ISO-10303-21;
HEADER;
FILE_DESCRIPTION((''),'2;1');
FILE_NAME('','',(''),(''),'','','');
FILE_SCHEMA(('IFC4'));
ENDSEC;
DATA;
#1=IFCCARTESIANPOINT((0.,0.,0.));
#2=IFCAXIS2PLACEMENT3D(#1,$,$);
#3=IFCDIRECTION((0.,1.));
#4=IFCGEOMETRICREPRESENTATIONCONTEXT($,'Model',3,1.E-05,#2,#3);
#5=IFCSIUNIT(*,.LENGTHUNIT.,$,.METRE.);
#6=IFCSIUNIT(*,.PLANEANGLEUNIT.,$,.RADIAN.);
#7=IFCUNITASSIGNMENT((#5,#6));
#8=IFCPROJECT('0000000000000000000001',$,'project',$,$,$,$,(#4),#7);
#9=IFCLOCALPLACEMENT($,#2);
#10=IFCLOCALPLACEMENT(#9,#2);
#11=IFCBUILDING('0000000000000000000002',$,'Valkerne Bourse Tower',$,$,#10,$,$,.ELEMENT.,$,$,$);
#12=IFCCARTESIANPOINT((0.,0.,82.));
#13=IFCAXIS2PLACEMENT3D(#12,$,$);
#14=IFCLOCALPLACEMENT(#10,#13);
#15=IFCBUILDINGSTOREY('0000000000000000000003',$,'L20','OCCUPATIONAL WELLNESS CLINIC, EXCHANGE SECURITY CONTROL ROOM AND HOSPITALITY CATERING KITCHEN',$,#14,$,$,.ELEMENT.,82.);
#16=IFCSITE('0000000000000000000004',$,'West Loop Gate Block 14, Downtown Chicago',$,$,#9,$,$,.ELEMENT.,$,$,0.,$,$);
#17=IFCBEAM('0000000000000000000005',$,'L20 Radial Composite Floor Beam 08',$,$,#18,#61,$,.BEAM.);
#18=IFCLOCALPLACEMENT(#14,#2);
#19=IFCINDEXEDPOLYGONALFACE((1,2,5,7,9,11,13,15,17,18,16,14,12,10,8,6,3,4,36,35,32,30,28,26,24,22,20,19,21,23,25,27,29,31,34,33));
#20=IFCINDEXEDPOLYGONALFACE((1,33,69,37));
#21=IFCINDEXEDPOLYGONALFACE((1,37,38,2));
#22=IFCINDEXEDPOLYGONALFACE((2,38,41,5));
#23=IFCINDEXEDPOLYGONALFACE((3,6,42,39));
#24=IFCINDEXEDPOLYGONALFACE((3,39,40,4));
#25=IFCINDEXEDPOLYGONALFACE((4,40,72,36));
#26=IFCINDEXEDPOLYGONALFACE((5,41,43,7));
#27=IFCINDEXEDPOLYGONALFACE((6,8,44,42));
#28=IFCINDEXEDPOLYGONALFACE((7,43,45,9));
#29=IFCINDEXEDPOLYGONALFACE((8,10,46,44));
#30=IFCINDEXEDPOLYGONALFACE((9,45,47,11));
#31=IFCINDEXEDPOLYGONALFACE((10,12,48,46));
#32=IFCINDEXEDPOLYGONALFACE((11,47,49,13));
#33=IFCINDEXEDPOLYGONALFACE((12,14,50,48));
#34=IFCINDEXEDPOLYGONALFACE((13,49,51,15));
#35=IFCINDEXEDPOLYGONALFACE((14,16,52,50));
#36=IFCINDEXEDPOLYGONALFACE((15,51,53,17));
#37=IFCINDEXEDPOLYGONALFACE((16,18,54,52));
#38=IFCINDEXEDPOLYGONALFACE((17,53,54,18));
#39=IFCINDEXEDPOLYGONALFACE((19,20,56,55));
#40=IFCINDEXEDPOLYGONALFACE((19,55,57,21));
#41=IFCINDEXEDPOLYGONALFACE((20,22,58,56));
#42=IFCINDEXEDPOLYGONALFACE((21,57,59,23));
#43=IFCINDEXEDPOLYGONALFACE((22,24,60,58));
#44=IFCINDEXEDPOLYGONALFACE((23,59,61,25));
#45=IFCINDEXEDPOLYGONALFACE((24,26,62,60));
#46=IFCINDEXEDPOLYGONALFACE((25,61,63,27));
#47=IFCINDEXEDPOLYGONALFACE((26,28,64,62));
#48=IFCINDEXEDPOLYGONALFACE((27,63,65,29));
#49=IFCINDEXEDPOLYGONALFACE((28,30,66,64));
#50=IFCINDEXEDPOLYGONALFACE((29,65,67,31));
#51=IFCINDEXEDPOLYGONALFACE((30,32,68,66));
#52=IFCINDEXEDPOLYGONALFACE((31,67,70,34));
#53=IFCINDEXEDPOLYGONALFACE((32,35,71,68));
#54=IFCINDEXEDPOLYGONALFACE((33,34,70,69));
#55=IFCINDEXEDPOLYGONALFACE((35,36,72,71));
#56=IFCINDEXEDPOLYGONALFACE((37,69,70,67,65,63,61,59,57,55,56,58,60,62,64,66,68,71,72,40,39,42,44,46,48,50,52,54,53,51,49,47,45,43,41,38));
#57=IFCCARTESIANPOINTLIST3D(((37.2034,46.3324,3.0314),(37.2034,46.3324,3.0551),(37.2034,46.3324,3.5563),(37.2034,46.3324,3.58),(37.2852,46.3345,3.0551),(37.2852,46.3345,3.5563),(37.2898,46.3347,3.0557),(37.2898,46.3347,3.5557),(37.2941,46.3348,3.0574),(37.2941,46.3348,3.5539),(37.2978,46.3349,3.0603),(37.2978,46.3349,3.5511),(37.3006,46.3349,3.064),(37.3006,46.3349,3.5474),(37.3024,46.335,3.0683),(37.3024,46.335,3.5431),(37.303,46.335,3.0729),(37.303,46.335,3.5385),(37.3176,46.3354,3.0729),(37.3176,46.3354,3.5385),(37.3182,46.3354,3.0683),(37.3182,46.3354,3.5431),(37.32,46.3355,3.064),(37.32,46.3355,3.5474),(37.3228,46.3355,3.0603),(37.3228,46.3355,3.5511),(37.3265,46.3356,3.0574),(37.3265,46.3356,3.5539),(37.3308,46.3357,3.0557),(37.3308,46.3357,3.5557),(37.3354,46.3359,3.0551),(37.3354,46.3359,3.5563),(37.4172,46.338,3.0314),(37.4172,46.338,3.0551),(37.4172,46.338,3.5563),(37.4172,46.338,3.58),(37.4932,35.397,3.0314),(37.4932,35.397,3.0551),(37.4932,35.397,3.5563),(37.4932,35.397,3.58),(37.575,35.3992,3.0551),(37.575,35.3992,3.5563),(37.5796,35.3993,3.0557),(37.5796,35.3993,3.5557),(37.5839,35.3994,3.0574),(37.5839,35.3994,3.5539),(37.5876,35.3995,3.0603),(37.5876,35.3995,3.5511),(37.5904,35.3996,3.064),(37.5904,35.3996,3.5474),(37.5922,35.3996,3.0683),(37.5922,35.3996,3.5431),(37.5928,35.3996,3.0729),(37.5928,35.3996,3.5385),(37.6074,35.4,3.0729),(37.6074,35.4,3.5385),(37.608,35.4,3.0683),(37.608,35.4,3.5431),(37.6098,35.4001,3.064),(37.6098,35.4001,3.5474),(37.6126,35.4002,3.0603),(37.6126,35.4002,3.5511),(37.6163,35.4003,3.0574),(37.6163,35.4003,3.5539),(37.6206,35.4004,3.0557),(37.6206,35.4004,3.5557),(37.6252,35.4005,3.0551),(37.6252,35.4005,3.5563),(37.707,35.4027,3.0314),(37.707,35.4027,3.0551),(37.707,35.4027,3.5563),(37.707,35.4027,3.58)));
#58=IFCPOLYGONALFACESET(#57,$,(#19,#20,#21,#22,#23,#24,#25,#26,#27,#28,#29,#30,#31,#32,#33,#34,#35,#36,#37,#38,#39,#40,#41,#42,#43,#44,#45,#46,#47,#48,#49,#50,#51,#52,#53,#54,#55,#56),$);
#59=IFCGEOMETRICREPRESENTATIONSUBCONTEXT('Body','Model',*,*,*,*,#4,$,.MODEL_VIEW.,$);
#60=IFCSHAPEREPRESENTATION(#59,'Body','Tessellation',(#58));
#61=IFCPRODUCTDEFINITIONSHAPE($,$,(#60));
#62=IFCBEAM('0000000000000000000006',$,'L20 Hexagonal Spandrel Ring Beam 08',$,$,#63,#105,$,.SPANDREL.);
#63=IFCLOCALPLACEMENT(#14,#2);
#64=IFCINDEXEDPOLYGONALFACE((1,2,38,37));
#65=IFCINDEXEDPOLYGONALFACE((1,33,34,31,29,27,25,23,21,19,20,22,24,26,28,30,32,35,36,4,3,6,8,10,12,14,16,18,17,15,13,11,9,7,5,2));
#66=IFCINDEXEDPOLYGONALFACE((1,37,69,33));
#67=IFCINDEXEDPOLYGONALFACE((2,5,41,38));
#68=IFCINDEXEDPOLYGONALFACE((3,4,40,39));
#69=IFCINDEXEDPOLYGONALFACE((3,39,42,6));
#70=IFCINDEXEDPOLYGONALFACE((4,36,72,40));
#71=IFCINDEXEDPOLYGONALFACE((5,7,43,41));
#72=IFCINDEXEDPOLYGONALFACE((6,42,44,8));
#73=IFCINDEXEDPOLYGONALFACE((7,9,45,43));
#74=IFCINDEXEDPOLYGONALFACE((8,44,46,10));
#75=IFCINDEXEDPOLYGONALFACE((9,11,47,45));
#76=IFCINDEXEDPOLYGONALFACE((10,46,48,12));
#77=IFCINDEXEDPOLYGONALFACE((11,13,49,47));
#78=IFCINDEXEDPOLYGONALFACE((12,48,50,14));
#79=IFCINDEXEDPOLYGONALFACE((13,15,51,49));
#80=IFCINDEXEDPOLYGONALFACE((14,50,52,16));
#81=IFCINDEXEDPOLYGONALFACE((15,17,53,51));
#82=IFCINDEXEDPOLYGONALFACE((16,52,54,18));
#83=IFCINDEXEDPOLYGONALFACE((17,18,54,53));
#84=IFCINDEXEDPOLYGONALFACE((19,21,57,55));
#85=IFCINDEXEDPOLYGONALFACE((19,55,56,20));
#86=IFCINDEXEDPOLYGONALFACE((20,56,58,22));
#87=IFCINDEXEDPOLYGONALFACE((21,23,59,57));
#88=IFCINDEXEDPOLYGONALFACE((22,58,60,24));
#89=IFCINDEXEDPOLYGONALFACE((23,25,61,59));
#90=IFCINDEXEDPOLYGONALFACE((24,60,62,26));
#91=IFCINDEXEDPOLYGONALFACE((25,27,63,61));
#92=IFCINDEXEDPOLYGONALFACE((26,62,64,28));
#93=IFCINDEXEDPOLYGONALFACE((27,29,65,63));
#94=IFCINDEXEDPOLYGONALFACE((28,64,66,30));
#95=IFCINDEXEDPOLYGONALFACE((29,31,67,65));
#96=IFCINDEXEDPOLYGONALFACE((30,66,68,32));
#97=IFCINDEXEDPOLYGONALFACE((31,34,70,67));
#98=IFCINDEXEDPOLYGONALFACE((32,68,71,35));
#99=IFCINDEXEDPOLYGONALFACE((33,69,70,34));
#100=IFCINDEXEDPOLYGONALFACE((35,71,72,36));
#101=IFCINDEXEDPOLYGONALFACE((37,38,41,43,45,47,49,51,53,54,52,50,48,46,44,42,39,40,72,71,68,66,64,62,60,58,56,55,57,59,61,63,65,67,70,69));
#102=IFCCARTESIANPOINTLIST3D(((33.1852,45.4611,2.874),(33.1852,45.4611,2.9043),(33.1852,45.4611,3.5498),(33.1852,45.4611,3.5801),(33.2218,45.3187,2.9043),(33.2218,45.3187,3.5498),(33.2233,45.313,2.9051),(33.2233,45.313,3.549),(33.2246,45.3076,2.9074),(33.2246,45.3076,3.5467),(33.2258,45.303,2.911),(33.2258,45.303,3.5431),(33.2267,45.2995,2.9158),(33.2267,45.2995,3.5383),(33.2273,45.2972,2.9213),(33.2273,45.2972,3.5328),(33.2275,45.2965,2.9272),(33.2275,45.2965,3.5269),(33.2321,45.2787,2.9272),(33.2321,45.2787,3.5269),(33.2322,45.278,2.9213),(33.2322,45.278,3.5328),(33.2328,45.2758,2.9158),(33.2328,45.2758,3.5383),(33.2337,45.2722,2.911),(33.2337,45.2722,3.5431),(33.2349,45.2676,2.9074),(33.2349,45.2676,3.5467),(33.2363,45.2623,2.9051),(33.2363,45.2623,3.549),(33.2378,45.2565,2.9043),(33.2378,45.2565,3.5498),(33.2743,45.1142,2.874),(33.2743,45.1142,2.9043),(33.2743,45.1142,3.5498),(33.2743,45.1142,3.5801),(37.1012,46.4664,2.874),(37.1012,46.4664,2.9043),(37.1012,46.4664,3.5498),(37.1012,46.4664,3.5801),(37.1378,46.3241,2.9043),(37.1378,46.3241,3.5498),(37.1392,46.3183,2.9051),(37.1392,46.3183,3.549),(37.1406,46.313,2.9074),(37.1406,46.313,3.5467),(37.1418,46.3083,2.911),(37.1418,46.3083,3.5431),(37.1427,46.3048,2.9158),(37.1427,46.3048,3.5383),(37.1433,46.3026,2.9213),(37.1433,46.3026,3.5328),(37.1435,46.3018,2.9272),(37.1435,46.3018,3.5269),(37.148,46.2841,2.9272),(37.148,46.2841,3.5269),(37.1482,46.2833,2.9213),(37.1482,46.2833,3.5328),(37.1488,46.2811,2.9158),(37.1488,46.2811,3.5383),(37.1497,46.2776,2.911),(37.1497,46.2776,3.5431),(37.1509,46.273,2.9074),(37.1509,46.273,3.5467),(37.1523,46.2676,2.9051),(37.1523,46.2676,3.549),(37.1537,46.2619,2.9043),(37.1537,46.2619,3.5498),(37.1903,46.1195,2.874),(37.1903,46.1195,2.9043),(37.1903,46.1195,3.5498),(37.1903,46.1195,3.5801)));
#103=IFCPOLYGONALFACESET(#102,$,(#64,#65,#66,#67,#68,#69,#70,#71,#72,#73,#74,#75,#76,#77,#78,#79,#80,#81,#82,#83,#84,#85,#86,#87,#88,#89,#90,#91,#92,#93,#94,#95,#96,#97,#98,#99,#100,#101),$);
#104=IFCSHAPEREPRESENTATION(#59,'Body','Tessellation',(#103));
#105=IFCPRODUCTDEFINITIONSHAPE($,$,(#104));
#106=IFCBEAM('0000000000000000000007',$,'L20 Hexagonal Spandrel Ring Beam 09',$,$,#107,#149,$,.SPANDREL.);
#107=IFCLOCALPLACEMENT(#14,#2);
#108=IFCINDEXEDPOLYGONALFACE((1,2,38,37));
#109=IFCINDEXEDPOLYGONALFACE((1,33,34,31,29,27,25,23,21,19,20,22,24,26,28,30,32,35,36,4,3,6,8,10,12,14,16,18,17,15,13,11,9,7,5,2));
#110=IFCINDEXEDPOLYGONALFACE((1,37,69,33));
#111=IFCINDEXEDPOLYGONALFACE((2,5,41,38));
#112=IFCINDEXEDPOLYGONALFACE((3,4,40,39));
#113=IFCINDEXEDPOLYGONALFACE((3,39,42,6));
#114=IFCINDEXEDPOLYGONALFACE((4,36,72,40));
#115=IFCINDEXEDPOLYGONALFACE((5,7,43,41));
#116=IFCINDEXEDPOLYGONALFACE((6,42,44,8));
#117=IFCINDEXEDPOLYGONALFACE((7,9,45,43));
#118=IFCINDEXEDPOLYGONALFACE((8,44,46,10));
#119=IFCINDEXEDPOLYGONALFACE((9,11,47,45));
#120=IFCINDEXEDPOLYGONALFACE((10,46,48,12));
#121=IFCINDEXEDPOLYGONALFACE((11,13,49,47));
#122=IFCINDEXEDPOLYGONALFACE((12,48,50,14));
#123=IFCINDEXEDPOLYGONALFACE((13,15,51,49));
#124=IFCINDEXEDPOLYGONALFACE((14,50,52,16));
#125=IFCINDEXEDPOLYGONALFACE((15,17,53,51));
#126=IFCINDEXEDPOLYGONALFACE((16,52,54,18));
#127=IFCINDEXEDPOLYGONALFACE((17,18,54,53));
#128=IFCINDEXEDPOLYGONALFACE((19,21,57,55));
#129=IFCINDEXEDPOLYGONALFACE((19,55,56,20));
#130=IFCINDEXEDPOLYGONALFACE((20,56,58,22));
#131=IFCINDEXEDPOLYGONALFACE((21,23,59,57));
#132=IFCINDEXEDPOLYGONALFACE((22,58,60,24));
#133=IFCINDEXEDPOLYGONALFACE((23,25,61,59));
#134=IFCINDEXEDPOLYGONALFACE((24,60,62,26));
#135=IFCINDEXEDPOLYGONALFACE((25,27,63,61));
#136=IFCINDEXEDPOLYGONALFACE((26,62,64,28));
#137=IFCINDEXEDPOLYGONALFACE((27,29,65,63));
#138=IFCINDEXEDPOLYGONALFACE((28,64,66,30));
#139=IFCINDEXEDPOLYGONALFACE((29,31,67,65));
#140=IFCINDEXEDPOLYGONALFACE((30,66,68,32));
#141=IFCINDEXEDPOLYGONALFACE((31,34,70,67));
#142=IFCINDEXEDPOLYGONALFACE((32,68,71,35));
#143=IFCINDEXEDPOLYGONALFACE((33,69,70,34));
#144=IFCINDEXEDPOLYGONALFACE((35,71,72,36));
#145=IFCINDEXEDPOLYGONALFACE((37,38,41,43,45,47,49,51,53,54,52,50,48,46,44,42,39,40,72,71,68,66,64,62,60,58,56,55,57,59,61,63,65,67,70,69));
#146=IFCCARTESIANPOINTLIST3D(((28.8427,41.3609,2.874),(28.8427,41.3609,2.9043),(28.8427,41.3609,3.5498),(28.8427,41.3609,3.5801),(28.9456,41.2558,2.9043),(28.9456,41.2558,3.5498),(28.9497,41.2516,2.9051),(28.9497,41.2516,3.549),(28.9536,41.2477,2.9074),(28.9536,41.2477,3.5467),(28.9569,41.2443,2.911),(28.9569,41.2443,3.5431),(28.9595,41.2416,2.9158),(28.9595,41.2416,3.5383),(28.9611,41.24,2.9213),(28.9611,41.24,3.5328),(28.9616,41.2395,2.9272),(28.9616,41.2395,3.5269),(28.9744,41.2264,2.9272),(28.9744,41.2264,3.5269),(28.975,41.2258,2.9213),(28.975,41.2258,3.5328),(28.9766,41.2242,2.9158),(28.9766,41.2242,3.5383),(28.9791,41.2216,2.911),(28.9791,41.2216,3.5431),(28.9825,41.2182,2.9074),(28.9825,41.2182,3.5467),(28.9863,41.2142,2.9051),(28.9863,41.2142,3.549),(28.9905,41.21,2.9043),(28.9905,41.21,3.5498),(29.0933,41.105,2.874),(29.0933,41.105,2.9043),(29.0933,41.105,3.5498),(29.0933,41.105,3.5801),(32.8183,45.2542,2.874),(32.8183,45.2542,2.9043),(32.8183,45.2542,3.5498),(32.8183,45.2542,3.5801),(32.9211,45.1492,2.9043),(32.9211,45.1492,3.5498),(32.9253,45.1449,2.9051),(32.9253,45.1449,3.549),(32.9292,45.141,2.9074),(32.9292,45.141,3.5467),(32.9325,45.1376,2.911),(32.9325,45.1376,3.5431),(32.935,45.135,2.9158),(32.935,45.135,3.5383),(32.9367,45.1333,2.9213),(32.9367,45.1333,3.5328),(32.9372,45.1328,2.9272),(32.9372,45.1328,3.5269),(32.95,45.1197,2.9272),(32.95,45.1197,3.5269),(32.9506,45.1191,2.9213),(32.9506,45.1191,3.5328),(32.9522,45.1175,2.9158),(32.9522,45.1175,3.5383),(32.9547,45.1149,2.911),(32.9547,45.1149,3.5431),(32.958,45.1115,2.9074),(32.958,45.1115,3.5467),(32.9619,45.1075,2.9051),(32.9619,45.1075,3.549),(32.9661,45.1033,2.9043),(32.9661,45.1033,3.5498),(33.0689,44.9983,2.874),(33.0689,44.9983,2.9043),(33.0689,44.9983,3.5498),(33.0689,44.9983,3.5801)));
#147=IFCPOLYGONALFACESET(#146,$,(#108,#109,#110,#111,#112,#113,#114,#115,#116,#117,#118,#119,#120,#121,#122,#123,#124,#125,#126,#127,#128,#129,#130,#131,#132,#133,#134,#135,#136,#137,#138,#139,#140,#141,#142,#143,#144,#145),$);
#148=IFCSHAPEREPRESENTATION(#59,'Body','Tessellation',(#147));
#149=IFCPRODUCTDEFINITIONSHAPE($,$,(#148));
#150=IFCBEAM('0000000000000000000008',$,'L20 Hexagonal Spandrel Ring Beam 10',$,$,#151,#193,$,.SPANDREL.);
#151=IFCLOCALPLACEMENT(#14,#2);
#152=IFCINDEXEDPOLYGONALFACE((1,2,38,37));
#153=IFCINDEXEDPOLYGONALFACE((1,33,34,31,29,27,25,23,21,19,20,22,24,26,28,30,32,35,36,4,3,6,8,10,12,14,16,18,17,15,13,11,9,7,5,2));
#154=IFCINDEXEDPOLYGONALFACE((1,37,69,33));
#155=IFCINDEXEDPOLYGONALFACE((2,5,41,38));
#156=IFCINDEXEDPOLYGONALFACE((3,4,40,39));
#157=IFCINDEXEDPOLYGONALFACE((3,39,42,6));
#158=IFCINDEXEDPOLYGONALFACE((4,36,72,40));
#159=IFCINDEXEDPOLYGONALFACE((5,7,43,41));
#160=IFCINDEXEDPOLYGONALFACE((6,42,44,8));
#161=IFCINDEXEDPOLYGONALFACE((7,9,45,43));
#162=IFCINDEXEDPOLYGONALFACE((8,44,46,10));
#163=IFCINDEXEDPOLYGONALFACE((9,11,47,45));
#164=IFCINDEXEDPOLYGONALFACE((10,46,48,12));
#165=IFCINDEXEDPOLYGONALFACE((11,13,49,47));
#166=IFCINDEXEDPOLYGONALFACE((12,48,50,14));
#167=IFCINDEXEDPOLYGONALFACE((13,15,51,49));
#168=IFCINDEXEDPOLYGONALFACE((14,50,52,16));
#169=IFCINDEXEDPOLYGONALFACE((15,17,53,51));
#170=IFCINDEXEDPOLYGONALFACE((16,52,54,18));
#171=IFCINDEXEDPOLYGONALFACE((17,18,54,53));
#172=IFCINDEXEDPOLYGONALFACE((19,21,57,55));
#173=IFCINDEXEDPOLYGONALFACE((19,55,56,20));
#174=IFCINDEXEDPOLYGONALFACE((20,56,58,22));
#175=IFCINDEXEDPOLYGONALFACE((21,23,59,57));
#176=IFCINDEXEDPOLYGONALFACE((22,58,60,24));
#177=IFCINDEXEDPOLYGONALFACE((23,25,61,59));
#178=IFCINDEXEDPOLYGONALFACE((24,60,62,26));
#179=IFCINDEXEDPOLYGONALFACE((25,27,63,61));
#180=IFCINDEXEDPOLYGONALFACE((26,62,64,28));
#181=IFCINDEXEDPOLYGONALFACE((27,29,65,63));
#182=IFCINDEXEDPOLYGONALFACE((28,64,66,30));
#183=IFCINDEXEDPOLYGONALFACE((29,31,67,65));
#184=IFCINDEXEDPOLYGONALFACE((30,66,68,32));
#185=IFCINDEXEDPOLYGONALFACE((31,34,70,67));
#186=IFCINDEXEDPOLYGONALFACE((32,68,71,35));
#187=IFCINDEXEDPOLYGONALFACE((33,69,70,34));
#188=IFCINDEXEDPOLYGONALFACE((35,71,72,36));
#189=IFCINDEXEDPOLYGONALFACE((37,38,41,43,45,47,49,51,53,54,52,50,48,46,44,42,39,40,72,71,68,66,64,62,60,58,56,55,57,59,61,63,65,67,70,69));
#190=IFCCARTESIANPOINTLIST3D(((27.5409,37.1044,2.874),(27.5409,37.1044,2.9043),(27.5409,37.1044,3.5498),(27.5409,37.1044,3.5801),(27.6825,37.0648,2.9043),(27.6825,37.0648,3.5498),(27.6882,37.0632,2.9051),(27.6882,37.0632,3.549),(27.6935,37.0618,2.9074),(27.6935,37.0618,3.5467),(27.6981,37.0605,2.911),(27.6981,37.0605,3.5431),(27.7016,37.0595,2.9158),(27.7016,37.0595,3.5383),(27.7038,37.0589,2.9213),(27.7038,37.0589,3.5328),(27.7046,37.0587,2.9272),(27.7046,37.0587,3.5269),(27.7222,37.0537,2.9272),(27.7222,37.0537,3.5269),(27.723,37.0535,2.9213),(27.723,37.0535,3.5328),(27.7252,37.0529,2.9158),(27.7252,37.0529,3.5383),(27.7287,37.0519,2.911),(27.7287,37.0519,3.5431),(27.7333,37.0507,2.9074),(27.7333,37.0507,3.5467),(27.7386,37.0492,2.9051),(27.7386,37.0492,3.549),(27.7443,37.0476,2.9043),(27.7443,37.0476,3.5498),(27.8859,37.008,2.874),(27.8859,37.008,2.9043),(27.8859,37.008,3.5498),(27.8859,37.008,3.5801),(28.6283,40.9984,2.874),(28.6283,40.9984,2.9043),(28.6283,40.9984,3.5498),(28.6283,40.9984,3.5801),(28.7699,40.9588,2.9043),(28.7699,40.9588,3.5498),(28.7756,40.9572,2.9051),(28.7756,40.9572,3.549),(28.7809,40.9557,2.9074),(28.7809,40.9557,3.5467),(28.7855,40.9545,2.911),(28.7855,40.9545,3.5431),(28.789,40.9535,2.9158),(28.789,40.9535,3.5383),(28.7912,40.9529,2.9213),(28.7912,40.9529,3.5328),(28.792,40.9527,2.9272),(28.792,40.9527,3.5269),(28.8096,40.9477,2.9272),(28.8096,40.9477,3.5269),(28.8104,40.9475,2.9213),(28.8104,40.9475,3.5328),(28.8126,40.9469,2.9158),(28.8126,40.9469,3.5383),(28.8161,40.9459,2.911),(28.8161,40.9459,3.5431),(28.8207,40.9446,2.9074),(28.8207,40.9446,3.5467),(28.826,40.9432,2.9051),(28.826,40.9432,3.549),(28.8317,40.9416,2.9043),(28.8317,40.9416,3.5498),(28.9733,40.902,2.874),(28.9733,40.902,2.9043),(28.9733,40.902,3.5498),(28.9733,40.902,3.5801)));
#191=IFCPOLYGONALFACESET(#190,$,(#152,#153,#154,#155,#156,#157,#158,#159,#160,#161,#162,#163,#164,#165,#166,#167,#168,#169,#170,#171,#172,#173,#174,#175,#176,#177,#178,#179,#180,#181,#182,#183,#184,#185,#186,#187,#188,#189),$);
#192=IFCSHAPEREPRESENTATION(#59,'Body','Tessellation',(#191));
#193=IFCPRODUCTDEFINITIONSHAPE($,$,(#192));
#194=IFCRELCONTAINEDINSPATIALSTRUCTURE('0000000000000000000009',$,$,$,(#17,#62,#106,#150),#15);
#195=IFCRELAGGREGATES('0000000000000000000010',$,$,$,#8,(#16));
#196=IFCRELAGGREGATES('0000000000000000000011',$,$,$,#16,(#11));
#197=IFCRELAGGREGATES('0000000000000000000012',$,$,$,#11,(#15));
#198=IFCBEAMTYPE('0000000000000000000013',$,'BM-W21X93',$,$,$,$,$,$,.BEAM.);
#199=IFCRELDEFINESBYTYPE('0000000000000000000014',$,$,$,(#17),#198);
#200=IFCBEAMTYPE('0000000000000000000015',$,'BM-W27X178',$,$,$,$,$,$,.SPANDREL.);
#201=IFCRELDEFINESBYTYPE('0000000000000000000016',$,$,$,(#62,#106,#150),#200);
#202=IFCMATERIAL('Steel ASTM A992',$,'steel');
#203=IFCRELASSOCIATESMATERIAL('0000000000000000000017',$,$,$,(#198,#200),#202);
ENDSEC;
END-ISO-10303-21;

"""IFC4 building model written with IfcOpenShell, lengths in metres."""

from ifc_helpers import new_model, si_unit, direction, frame, origin, origin_2d, place, context, subcontext, project, spatial, i_section, extrude, material, material_profile, profile_set, type_object, element, save


model = new_model("IFC4")

# Units and contexts
model_context = context("Model", 3, precision=1e-05, world=origin(), true_north=direction((0.0, 1.0)))
body_context = subcontext(model_context, "Body", "Model", "MODEL_VIEW")
ifc_project = project(units=[si_unit("LENGTHUNIT", "METRE"), si_unit("PLANEANGLEUNIT", "RADIAN")], contexts=[model_context])

# Site, building, storey
site_placement = place(None, origin())
site = spatial("IfcSite", under=ifc_project, at=site_placement, Name="West Loop Gate Block 14, Downtown Chicago", CompositionType="ELEMENT", RefElevation=0.0)
building_placement = place(site_placement, origin())
building = spatial("IfcBuilding", under=site, at=building_placement, Name="Valkerne Bourse Tower", CompositionType="ELEMENT")
storey_placement = place(building_placement, frame((0.0, 0.0, 82.0)))
storey = spatial("IfcBuildingStorey", under=building, at=storey_placement, Name="L20", Description="OCCUPATIONAL WELLNESS CLINIC, EXCHANGE SECURITY CONTROL ROOM AND HOSPITALITY CATERING KITCHEN", CompositionType="ELEMENT", Elevation=82.0)

# Beams
ifc_material_1 = material(Name="Steel ASTM A992", Category="steel")
ifc_material_profile_1 = material_profile(ifc_material_1, i_section(OverallWidth=0.2139, OverallDepth=0.5486, WebThickness=0.0146, FlangeThickness=0.0237, FilletRadius=0.0178, at=origin_2d()), Name="W21X93")
ifc_profile_set_1 = profile_set([ifc_material_profile_1], Name="Steel ASTM A992")
beam_type_1 = type_object("IfcBeamType", Name="BM-W21X93", PredefinedType="BEAM", material=ifc_profile_set_1)
beam_1_placement = place(storey_placement, frame((37.3103, 46.3352, 3.3057), z_axis=(0.026492, -0.999649, 0.0), x_axis=(0.999649, 0.026492, 0.0)))
element("IfcBeam", 1, at=beam_1_placement, inside=storey, type_object=beam_type_1, Name="L20 Radial Composite Floor Beam 08", PredefinedType="BEAM", context=body_context, shape_type="SweptSolid", body=[
    extrude(i_section(OverallWidth=0.2139, OverallDepth=0.5486, WebThickness=0.0146, FlangeThickness=0.0237, FilletRadius=0.0178, at=origin_2d()), origin(), (0.0, 0.0, 1.0), 10.9392),
])
ifc_material_profile_2 = material_profile(ifc_material_1, i_section(OverallWidth=0.3582, OverallDepth=0.7061, WebThickness=0.0183, FlangeThickness=0.0303, FilletRadius=0.0229, at=origin_2d()), Name="W27X178")
ifc_profile_set_2 = profile_set([ifc_material_profile_2], Name="Steel ASTM A992")
beam_type_2 = type_object("IfcBeamType", Name="BM-W27X178", PredefinedType="SPANDREL", material=ifc_profile_set_2)
beam_2_placement = place(storey_placement, frame((37.1458, 46.293, 3.2271), z_axis=(-0.968589, -0.248669, 0.0), x_axis=(0.248669, -0.968589, 0.0)))
element("IfcBeam", 2, at=beam_2_placement, inside=storey, type_object=beam_type_2, Name="L20 Hexagonal Spandrel Ring Beam 08", PredefinedType="SPANDREL", context=body_context, shape_type="SweptSolid", body=[
    extrude(i_section(OverallWidth=0.3582, OverallDepth=0.7061, WebThickness=0.0183, FlangeThickness=0.0303, FilletRadius=0.0229, at=origin_2d()), origin(), (0.0, 0.0, 1.0), 4.043),
])
beam_3_placement = place(storey_placement, frame((32.9436, 45.1262, 3.2271), z_axis=(-0.714461, -0.699675, 0.0), x_axis=(0.699675, -0.714461, 0.0)))
element("IfcBeam", 3, at=beam_3_placement, inside=storey, type_object=beam_type_2, Name="L20 Hexagonal Spandrel Ring Beam 09", PredefinedType="SPANDREL", context=body_context, shape_type="SweptSolid", body=[
    extrude(i_section(OverallWidth=0.3582, OverallDepth=0.7061, WebThickness=0.0183, FlangeThickness=0.0303, FilletRadius=0.0229, at=origin_2d()), origin(), (0.0, 0.0, 1.0), 5.5645),
])
beam_4_placement = place(storey_placement, frame((28.8008, 40.9502, 3.2271), z_axis=(-0.268958, -0.963152, 0.0), x_axis=(0.963152, -0.268958, 0.0)))
element("IfcBeam", 4, at=beam_4_placement, inside=storey, type_object=beam_type_2, Name="L20 Hexagonal Spandrel Ring Beam 10", PredefinedType="SPANDREL", context=body_context, shape_type="SweptSolid", body=[
    extrude(i_section(OverallWidth=0.3582, OverallDepth=0.7061, WebThickness=0.0183, FlangeThickness=0.0303, FilletRadius=0.0229, at=origin_2d()), origin(), (0.0, 0.0, 1.0), 4.043),
])

save(model, "model.ifc")
